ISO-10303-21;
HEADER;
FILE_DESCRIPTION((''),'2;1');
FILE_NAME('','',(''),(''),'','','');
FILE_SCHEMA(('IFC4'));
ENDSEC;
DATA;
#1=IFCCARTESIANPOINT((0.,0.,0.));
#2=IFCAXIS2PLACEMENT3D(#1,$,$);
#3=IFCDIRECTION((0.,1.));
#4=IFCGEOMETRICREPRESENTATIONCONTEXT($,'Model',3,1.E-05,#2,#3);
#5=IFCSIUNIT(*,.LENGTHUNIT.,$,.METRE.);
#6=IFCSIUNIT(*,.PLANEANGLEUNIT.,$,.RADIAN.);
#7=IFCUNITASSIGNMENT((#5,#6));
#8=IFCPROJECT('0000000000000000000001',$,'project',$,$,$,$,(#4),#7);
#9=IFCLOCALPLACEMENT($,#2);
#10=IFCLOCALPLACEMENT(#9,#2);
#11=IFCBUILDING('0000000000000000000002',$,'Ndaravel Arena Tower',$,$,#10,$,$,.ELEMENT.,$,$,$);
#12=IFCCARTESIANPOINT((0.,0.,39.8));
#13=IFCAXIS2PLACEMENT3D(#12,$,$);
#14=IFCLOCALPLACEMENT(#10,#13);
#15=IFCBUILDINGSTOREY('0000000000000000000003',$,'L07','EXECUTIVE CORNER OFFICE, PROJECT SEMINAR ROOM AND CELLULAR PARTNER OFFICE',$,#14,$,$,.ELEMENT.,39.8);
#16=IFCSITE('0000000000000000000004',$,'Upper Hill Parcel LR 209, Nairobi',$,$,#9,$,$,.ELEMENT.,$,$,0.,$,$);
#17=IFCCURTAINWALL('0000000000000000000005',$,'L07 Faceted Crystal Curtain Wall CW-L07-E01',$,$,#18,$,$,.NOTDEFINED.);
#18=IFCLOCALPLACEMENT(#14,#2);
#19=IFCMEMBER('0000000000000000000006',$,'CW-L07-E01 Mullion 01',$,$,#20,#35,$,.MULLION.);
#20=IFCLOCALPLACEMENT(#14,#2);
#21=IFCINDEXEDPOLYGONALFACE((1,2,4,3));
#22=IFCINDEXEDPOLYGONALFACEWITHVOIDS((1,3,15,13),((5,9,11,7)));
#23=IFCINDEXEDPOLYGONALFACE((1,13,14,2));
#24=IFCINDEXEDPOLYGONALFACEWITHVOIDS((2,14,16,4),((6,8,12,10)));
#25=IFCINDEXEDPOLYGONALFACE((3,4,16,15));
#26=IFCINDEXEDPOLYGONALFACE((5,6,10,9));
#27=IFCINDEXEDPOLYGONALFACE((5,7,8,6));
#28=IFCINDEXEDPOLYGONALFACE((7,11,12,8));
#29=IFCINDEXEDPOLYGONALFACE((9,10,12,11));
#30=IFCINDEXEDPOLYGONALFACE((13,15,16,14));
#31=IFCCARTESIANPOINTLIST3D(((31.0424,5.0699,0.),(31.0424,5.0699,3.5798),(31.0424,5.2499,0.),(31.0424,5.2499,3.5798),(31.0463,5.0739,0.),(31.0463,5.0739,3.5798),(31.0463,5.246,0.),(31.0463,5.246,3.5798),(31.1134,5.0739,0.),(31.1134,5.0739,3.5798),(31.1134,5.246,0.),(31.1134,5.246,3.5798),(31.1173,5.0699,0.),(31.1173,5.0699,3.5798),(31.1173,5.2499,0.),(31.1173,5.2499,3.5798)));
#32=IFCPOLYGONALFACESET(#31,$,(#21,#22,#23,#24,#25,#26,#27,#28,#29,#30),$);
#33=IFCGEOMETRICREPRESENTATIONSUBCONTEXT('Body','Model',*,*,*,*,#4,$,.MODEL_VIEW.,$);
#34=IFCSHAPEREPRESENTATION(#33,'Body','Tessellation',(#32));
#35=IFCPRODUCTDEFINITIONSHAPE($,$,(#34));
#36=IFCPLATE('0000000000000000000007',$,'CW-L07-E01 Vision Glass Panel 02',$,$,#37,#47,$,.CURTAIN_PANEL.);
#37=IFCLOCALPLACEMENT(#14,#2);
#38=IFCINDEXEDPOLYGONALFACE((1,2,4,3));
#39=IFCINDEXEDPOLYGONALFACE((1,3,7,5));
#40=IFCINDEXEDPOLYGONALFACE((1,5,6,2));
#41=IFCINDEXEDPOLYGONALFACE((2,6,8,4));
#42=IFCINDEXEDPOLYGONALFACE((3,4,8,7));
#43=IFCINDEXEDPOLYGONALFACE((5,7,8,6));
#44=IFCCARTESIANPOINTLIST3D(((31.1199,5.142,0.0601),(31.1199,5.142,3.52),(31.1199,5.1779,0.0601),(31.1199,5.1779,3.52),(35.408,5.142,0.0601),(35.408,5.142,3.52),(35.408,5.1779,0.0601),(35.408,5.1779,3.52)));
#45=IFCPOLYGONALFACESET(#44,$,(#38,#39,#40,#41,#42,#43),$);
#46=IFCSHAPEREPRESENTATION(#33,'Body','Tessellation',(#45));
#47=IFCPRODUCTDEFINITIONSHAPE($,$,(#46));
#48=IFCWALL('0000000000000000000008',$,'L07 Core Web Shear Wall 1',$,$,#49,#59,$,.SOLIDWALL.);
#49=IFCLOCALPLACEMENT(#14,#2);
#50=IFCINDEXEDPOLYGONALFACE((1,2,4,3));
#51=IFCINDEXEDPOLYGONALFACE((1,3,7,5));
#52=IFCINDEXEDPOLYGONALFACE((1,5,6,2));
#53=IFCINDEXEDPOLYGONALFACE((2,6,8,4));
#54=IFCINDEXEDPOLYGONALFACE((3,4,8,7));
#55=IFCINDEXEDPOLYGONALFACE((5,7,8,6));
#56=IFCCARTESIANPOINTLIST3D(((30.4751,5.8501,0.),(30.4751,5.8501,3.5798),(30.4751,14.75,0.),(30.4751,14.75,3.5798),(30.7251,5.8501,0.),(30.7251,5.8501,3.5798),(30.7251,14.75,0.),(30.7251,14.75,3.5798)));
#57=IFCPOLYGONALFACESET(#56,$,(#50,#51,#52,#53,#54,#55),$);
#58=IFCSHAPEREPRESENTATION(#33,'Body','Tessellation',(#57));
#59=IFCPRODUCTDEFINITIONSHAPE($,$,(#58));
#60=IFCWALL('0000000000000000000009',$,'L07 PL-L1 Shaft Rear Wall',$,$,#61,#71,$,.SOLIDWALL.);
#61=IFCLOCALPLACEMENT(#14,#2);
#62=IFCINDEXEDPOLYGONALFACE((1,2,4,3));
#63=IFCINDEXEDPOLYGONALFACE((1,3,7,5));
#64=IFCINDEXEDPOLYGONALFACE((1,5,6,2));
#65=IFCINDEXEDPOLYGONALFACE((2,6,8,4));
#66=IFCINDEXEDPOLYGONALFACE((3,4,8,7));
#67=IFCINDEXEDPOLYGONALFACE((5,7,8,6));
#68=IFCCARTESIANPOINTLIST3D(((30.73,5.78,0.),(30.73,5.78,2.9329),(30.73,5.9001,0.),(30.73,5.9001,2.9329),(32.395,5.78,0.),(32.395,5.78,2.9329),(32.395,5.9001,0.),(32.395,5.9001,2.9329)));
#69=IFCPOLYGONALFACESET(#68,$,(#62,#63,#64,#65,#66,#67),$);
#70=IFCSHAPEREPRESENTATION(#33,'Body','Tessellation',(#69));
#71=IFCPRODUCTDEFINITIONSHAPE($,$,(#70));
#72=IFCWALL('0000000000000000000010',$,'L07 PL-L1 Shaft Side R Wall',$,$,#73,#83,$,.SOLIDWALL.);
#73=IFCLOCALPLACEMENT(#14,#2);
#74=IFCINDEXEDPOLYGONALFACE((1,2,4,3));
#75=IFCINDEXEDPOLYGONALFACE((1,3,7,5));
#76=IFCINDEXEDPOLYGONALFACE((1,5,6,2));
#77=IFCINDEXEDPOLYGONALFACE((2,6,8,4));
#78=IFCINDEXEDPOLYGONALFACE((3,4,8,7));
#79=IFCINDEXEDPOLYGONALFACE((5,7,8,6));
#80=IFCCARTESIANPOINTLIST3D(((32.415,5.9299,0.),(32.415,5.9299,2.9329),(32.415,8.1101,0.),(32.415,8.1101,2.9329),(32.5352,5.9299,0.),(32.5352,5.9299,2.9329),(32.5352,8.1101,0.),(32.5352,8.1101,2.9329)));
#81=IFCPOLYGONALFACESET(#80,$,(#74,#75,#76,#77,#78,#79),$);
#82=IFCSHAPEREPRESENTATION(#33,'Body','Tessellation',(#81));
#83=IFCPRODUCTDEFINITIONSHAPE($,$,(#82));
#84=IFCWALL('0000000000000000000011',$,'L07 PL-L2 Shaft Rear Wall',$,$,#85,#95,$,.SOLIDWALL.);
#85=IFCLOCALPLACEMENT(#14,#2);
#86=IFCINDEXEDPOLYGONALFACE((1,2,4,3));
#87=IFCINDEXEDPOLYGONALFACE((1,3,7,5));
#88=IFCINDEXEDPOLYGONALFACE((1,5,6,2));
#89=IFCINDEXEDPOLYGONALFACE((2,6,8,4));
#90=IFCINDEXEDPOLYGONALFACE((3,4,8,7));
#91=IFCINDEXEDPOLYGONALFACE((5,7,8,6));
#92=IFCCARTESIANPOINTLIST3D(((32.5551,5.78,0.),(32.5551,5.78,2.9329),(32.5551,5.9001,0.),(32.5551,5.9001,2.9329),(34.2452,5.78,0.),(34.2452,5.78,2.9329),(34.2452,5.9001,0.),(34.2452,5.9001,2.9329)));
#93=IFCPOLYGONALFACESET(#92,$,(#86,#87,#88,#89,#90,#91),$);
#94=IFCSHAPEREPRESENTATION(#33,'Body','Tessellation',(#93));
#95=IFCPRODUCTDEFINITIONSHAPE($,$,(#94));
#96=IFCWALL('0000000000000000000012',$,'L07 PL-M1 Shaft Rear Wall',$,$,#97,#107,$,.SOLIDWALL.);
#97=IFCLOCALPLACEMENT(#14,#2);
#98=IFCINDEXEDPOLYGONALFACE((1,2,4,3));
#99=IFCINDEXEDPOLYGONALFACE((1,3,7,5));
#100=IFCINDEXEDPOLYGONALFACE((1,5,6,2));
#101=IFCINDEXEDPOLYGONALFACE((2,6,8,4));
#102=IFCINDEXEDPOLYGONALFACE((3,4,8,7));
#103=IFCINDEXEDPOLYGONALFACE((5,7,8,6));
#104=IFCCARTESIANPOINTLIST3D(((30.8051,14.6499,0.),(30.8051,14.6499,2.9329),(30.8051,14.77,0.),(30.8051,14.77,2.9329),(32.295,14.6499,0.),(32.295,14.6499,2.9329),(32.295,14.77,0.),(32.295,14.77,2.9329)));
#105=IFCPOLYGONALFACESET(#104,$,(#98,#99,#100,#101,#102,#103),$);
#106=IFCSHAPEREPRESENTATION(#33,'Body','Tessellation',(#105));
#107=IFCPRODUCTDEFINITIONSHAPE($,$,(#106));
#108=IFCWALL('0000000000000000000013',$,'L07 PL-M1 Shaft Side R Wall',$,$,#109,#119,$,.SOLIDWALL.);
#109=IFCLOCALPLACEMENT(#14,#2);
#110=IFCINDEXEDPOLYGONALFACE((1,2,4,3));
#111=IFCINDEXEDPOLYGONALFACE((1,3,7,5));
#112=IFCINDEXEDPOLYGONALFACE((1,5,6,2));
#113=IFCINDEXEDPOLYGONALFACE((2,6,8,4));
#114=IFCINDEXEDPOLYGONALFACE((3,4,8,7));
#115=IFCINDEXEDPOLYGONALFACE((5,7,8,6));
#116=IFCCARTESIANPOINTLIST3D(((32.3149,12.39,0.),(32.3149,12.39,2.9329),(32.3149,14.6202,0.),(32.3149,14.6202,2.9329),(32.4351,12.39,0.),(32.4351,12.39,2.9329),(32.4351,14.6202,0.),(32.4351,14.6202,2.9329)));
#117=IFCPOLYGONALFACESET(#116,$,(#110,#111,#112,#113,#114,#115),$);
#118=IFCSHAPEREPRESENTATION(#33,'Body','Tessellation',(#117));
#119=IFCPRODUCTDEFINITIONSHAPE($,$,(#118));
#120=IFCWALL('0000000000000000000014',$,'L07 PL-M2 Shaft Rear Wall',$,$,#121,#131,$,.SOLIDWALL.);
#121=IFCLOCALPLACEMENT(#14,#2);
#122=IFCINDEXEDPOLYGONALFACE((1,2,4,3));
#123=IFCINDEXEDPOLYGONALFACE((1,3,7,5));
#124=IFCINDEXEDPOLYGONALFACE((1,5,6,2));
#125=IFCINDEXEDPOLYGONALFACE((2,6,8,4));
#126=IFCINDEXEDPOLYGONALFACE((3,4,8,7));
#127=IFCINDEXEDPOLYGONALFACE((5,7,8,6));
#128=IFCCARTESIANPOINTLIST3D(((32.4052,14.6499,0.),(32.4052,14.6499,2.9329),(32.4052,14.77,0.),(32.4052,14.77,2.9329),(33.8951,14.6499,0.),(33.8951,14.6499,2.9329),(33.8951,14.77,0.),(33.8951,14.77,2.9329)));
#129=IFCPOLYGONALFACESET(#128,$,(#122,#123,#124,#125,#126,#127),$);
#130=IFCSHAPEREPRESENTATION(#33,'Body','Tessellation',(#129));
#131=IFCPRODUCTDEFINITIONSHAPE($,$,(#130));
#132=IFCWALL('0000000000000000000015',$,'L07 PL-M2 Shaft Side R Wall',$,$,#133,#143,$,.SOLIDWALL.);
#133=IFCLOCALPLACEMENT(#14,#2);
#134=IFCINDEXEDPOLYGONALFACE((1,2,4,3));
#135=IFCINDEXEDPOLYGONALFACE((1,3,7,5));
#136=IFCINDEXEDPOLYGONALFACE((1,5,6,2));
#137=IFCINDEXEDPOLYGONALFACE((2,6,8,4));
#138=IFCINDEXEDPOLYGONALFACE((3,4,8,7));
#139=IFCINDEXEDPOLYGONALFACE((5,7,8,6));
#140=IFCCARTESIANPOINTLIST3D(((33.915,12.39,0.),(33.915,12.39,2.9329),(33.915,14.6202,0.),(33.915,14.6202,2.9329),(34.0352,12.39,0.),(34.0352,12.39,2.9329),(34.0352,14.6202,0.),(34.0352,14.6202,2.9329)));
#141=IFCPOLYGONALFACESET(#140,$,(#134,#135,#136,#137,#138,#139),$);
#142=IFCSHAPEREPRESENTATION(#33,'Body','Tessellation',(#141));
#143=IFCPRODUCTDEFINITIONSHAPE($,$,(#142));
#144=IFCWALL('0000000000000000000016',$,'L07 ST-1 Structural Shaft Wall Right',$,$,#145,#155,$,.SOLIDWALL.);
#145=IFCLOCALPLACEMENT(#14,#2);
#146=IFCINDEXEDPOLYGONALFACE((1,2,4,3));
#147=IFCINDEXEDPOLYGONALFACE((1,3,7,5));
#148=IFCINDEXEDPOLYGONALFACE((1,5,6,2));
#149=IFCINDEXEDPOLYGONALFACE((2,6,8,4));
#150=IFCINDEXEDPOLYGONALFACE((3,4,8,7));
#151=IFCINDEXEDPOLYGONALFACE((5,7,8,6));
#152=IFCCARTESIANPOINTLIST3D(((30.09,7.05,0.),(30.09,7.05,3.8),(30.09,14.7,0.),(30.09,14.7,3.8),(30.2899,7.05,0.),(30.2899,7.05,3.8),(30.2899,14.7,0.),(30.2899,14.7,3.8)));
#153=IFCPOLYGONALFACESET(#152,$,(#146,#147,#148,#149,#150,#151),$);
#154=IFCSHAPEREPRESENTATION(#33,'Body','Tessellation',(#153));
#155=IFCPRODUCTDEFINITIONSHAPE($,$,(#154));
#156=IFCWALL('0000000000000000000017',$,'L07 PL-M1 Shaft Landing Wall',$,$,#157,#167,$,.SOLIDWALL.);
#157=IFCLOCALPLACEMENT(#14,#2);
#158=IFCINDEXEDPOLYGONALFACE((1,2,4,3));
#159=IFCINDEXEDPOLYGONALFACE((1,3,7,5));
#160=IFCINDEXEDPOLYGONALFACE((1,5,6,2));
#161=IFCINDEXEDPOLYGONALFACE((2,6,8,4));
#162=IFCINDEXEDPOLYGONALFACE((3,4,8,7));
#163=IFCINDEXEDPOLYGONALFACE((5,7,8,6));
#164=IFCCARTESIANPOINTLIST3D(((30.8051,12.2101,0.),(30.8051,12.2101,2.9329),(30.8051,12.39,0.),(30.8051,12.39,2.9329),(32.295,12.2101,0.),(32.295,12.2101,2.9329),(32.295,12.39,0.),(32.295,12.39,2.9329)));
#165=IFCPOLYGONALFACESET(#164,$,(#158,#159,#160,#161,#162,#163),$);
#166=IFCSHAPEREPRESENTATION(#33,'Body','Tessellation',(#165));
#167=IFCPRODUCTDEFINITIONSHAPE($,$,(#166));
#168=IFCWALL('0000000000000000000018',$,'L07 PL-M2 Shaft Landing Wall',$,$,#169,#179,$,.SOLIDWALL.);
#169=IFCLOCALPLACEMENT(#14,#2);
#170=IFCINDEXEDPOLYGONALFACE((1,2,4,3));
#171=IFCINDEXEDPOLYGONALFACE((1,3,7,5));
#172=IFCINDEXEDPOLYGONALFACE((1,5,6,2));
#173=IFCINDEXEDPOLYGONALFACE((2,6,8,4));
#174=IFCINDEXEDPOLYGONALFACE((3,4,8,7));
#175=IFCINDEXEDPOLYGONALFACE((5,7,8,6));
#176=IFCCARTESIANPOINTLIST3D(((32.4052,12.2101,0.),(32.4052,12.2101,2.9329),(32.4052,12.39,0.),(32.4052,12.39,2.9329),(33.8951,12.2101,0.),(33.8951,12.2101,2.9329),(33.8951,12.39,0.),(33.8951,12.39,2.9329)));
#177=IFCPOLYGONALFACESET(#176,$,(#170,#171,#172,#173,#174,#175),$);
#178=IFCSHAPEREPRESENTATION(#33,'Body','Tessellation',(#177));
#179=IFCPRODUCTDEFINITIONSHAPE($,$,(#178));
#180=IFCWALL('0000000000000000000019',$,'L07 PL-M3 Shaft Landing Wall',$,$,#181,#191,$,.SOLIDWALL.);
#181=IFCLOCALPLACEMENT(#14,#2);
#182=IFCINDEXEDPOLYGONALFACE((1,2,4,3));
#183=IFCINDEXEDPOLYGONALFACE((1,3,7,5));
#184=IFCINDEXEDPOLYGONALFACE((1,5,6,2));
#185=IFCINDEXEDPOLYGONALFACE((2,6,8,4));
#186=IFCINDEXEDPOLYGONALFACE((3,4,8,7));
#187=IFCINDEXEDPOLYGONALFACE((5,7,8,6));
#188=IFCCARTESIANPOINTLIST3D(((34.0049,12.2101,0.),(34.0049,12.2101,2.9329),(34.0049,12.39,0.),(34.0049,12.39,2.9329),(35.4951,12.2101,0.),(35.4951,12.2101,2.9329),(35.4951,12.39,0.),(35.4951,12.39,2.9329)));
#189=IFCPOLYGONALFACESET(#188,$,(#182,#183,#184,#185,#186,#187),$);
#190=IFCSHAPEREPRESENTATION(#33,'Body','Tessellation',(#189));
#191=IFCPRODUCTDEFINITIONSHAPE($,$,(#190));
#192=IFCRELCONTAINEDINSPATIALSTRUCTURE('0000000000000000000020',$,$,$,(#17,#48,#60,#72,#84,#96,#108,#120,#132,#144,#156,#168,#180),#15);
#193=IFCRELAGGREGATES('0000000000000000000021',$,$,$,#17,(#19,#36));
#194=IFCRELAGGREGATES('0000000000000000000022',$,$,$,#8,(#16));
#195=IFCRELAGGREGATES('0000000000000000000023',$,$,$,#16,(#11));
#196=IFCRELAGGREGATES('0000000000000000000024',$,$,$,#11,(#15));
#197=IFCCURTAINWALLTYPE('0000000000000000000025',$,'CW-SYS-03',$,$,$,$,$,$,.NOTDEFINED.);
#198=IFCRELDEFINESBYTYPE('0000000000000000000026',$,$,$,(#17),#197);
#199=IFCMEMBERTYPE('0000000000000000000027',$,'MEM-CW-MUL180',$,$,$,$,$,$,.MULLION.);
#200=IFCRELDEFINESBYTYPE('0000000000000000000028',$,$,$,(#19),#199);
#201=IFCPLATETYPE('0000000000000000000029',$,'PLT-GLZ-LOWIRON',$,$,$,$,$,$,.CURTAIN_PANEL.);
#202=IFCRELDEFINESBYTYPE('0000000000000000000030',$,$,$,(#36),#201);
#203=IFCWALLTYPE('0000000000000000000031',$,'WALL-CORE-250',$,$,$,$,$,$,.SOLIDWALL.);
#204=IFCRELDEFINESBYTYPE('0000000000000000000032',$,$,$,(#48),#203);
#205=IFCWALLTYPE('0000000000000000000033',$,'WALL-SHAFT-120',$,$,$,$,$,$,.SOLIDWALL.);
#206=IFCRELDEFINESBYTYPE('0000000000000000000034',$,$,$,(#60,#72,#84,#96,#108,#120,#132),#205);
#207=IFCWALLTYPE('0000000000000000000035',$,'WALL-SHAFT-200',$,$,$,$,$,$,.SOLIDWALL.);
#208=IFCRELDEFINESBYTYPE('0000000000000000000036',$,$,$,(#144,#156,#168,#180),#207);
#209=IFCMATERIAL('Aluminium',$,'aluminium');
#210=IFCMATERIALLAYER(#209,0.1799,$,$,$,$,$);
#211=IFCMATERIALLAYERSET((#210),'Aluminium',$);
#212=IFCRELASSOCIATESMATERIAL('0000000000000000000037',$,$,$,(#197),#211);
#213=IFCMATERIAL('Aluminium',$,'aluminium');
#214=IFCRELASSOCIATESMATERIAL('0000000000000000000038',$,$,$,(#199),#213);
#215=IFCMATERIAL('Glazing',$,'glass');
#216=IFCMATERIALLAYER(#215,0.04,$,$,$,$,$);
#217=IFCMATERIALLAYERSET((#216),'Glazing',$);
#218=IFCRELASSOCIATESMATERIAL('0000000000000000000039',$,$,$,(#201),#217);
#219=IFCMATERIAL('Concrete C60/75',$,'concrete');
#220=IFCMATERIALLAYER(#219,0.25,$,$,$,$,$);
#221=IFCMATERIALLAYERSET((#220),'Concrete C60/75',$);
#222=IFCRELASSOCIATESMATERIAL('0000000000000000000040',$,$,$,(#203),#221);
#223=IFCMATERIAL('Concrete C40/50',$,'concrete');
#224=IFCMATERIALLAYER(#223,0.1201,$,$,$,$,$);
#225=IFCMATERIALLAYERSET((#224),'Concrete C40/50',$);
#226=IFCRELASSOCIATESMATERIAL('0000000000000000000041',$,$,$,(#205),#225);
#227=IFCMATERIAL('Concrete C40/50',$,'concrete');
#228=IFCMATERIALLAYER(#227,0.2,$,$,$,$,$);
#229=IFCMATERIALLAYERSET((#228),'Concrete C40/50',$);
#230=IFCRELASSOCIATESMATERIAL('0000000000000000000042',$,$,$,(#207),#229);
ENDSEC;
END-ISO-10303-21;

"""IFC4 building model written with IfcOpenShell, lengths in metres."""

from ifc_helpers import new_model, si_unit, direction, frame, frame_2d, origin, origin_2d, place, context, subcontext, project, spatial, rectangle, hollow_rectangle, extrude, material, layer, layer_set, material_profile, profile_set, type_object, element, aggregate, save


model = new_model("IFC4")

# Units and contexts
model_context = context("Model", 3, precision=1e-05, world=origin(), true_north=direction((0.0, 1.0)))
body_context = subcontext(model_context, "Body", "Model", "MODEL_VIEW")
ifc_project = project(units=[si_unit("LENGTHUNIT", "METRE"), si_unit("PLANEANGLEUNIT", "RADIAN")], contexts=[model_context])

# Site, building, storey
site_placement = place(None, origin())
site = spatial("IfcSite", under=ifc_project, at=site_placement, Name="Upper Hill Parcel LR 209, Nairobi", CompositionType="ELEMENT", RefElevation=0.0)
building_placement = place(site_placement, origin())
building = spatial("IfcBuilding", under=site, at=building_placement, Name="Ndaravel Arena Tower", CompositionType="ELEMENT")
storey_placement = place(building_placement, frame((0.0, 0.0, 39.8)))
storey = spatial("IfcBuildingStorey", under=building, at=storey_placement, Name="L07", Description="EXECUTIVE CORNER OFFICE, PROJECT SEMINAR ROOM AND CELLULAR PARTNER OFFICE", CompositionType="ELEMENT", Elevation=39.8)

# Curtain wall, member, plate
ifc_material_1 = material(Name="Aluminium", Category="aluminium")
ifc_layer_1 = layer(ifc_material_1, 0.1799)
ifc_layer_set_1 = layer_set([ifc_layer_1], Name="Aluminium")
curtain_wall_type = type_object("IfcCurtainWallType", Name="CW-SYS-03", PredefinedType="NOTDEFINED", material=ifc_layer_set_1)
curtain_wall_placement = place(storey_placement, origin())
curtain_wall = element("IfcCurtainWall", 1, at=curtain_wall_placement, inside=storey, type_object=curtain_wall_type, Name="L07 Faceted Crystal Curtain Wall CW-L07-E01", PredefinedType="NOTDEFINED")
ifc_material_2 = material(Name="Aluminium", Category="aluminium")
ifc_material_profile = material_profile(ifc_material_2, hollow_rectangle(XDim=0.075, YDim=0.1799, WallThickness=0.0039, at=origin_2d()), Name="CW MULLION 75x180x4")
ifc_profile_set = profile_set([ifc_material_profile], Name="Aluminium")
member_type = type_object("IfcMemberType", Name="MEM-CW-MUL180", PredefinedType="MULLION", material=ifc_profile_set)
member_placement = place(storey_placement, frame((31.0798, 5.1599, 0.0), z_axis=(0.0, 0.0, 1.0), x_axis=(1.0, 0.0, 0.0)))
member = element("IfcMember", 2, at=member_placement, type_object=member_type, Name="CW-L07-E01 Mullion 01", PredefinedType="MULLION", context=body_context, shape_type="SweptSolid", body=[
    extrude(hollow_rectangle(XDim=0.075, YDim=0.1799, WallThickness=0.0039, at=origin_2d()), origin(), (0.0, 0.0, 1.0), 3.5798),
])
ifc_material_3 = material(Name="Glazing", Category="glass")
ifc_layer_2 = layer(ifc_material_3, 0.04)
ifc_layer_set_2 = layer_set([ifc_layer_2], Name="Glazing")
plate_type = type_object("IfcPlateType", Name="PLT-GLZ-LOWIRON", PredefinedType="CURTAIN_PANEL", material=ifc_layer_set_2)
plate_placement = place(storey_placement, frame((33.2639, 5.1599, 0.0601), z_axis=(0.0, 0.0, 1.0), x_axis=(1.0, 0.0, 0.0)))
plate = element("IfcPlate", 3, at=plate_placement, type_object=plate_type, Name="CW-L07-E01 Vision Glass Panel 02", PredefinedType="CURTAIN_PANEL", context=body_context, shape_type="SweptSolid", body=[
    extrude(rectangle(XDim=4.2881, YDim=0.0359, at=origin_2d()), origin(), (0.0, 0.0, 1.0), 3.46),
])
aggregate(curtain_wall, [member, plate])

# Walls
ifc_material_4 = material(Name="Concrete C60/75", Category="concrete")
ifc_layer_3 = layer(ifc_material_4, 0.25)
ifc_layer_set_3 = layer_set([ifc_layer_3], Name="Concrete C60/75")
wall_type_1 = type_object("IfcWallType", Name="WALL-CORE-250", PredefinedType="SOLIDWALL", material=ifc_layer_set_3)
wall_1_placement = place(storey_placement, frame((30.6001, 5.8501, 0.0), z_axis=(0.0, 0.0, 1.0), x_axis=(0.0, 1.0, 0.0)))
element("IfcWall", 4, at=wall_1_placement, inside=storey, type_object=wall_type_1, Name="L07 Core Web Shear Wall 1", PredefinedType="SOLIDWALL", context=body_context, shape_type="SweptSolid", body=[
    extrude(rectangle(XDim=8.8999, YDim=0.25, at=frame_2d((4.45, 0.0))), origin(), (0.0, 0.0, 1.0), 3.5798),
])
ifc_material_5 = material(Name="Concrete C40/50", Category="concrete")
ifc_layer_4 = layer(ifc_material_5, 0.1201)
ifc_layer_set_4 = layer_set([ifc_layer_4], Name="Concrete C40/50")
wall_type_2 = type_object("IfcWallType", Name="WALL-SHAFT-120", PredefinedType="SOLIDWALL", material=ifc_layer_set_4)
wall_2_placement = place(storey_placement, frame((30.73, 5.8401, 0.0), z_axis=(0.0, 0.0, 1.0), x_axis=(1.0, 0.0, 0.0)))
element("IfcWall", 5, at=wall_2_placement, inside=storey, type_object=wall_type_2, Name="L07 PL-L1 Shaft Rear Wall", PredefinedType="SOLIDWALL", context=body_context, shape_type="SweptSolid", body=[
    extrude(rectangle(XDim=1.665, YDim=0.1201, at=frame_2d((0.8325, 0.0))), origin(), (0.0, 0.0, 1.0), 2.9329),
])
wall_3_placement = place(storey_placement, frame((32.4751, 5.9299, 0.0), z_axis=(0.0, 0.0, 1.0), x_axis=(0.0, 1.0, 0.0)))
element("IfcWall", 6, at=wall_3_placement, inside=storey, type_object=wall_type_2, Name="L07 PL-L1 Shaft Side R Wall", PredefinedType="SOLIDWALL", context=body_context, shape_type="SweptSolid", body=[
    extrude(rectangle(XDim=2.1802, YDim=0.1201, at=frame_2d((1.0901, 0.0))), origin(), (0.0, 0.0, 1.0), 2.9329),
])
wall_4_placement = place(storey_placement, frame((32.5549, 5.8401, 0.0), z_axis=(0.0, 0.0, 1.0), x_axis=(1.0, 0.0, 0.0)))
element("IfcWall", 7, at=wall_4_placement, inside=storey, type_object=wall_type_2, Name="L07 PL-L2 Shaft Rear Wall", PredefinedType="SOLIDWALL", context=body_context, shape_type="SweptSolid", body=[
    extrude(rectangle(XDim=1.6902, YDim=0.1201, at=frame_2d((0.8452, 0.0))), origin(), (0.0, 0.0, 1.0), 2.9329),
])
wall_5_placement = place(storey_placement, frame((30.8049, 14.71, 0.0), z_axis=(0.0, 0.0, 1.0), x_axis=(1.0, 0.0, 0.0)))
element("IfcWall", 8, at=wall_5_placement, inside=storey, type_object=wall_type_2, Name="L07 PL-M1 Shaft Rear Wall", PredefinedType="SOLIDWALL", context=body_context, shape_type="SweptSolid", body=[
    extrude(rectangle(XDim=1.49, YDim=0.1201, at=frame_2d((0.7451, 0.0))), origin(), (0.0, 0.0, 1.0), 2.9329),
])
wall_6_placement = place(storey_placement, frame((32.375, 12.3899, 0.0), z_axis=(0.0, 0.0, 1.0), x_axis=(0.0, 1.0, 0.0)))
element("IfcWall", 9, at=wall_6_placement, inside=storey, type_object=wall_type_2, Name="L07 PL-M1 Shaft Side R Wall", PredefinedType="SOLIDWALL", context=body_context, shape_type="SweptSolid", body=[
    extrude(rectangle(XDim=2.2302, YDim=0.1201, at=frame_2d((1.1152, 0.0))), origin(), (0.0, 0.0, 1.0), 2.9329),
])
wall_7_placement = place(storey_placement, frame((32.405, 14.71, 0.0), z_axis=(0.0, 0.0, 1.0), x_axis=(1.0, 0.0, 0.0)))
element("IfcWall", 10, at=wall_7_placement, inside=storey, type_object=wall_type_2, Name="L07 PL-M2 Shaft Rear Wall", PredefinedType="SOLIDWALL", context=body_context, shape_type="SweptSolid", body=[
    extrude(rectangle(XDim=1.49, YDim=0.1201, at=frame_2d((0.7451, 0.0))), origin(), (0.0, 0.0, 1.0), 2.9329),
])
wall_8_placement = place(storey_placement, frame((33.9751, 12.3899, 0.0), z_axis=(0.0, 0.0, 1.0), x_axis=(0.0, 1.0, 0.0)))
element("IfcWall", 11, at=wall_8_placement, inside=storey, type_object=wall_type_2, Name="L07 PL-M2 Shaft Side R Wall", PredefinedType="SOLIDWALL", context=body_context, shape_type="SweptSolid", body=[
    extrude(rectangle(XDim=2.2302, YDim=0.1201, at=frame_2d((1.1152, 0.0))), origin(), (0.0, 0.0, 1.0), 2.9329),
])
ifc_material_6 = material(Name="Concrete C40/50", Category="concrete")
ifc_layer_5 = layer(ifc_material_6, 0.2)
ifc_layer_set_5 = layer_set([ifc_layer_5], Name="Concrete C40/50")
wall_type_3 = type_object("IfcWallType", Name="WALL-SHAFT-200", PredefinedType="SOLIDWALL", material=ifc_layer_set_5)
wall_9_placement = place(storey_placement, frame((30.1899, 14.7, 0.0), z_axis=(0.0, 0.0, 1.0), x_axis=(0.0, -1.0, 0.0)))
element("IfcWall", 12, at=wall_9_placement, inside=storey, type_object=wall_type_3, Name="L07 ST-1 Structural Shaft Wall Right", PredefinedType="SOLIDWALL", context=body_context, shape_type="SweptSolid", body=[
    extrude(rectangle(XDim=7.6499, YDim=0.2, at=frame_2d((3.825, 0.0))), origin(), (0.0, 0.0, 1.0), 3.8),
])

# Walls
for number, where, z_axis, x_axis, name in (
    (13, (30.8049, 12.3, 0.0), (0.0, 0.0, 1.0), (1.0, 0.0, 0.0), "L07 PL-M1 Shaft Landing Wall"),
    (14, (32.405, 12.3, 0.0), (0.0, 0.0, 1.0), (1.0, 0.0, 0.0), "L07 PL-M2 Shaft Landing Wall"),
):
    element("IfcWall", number, at=place(storey_placement, frame(where, z_axis=z_axis, x_axis=x_axis)), inside=storey, type_object=wall_type_3, Name=name, PredefinedType="SOLIDWALL", context=body_context, shape_type="SweptSolid", body=[
        extrude(rectangle(XDim=1.49, YDim=0.1799, at=frame_2d((0.7451, 0.0))), origin(), (0.0, 0.0, 1.0), 2.9329),
    ])
wall_10_placement = place(storey_placement, frame((34.0049, 12.3, 0.0), z_axis=(0.0, 0.0, 1.0), x_axis=(1.0, 0.0, 0.0)))
element("IfcWall", 15, at=wall_10_placement, inside=storey, type_object=wall_type_3, Name="L07 PL-M3 Shaft Landing Wall", PredefinedType="SOLIDWALL", context=body_context, shape_type="SweptSolid", body=[
    extrude(rectangle(XDim=1.4902, YDim=0.1799, at=frame_2d((0.7451, 0.0))), origin(), (0.0, 0.0, 1.0), 2.9329),
])

save(model, "model.ifc")
